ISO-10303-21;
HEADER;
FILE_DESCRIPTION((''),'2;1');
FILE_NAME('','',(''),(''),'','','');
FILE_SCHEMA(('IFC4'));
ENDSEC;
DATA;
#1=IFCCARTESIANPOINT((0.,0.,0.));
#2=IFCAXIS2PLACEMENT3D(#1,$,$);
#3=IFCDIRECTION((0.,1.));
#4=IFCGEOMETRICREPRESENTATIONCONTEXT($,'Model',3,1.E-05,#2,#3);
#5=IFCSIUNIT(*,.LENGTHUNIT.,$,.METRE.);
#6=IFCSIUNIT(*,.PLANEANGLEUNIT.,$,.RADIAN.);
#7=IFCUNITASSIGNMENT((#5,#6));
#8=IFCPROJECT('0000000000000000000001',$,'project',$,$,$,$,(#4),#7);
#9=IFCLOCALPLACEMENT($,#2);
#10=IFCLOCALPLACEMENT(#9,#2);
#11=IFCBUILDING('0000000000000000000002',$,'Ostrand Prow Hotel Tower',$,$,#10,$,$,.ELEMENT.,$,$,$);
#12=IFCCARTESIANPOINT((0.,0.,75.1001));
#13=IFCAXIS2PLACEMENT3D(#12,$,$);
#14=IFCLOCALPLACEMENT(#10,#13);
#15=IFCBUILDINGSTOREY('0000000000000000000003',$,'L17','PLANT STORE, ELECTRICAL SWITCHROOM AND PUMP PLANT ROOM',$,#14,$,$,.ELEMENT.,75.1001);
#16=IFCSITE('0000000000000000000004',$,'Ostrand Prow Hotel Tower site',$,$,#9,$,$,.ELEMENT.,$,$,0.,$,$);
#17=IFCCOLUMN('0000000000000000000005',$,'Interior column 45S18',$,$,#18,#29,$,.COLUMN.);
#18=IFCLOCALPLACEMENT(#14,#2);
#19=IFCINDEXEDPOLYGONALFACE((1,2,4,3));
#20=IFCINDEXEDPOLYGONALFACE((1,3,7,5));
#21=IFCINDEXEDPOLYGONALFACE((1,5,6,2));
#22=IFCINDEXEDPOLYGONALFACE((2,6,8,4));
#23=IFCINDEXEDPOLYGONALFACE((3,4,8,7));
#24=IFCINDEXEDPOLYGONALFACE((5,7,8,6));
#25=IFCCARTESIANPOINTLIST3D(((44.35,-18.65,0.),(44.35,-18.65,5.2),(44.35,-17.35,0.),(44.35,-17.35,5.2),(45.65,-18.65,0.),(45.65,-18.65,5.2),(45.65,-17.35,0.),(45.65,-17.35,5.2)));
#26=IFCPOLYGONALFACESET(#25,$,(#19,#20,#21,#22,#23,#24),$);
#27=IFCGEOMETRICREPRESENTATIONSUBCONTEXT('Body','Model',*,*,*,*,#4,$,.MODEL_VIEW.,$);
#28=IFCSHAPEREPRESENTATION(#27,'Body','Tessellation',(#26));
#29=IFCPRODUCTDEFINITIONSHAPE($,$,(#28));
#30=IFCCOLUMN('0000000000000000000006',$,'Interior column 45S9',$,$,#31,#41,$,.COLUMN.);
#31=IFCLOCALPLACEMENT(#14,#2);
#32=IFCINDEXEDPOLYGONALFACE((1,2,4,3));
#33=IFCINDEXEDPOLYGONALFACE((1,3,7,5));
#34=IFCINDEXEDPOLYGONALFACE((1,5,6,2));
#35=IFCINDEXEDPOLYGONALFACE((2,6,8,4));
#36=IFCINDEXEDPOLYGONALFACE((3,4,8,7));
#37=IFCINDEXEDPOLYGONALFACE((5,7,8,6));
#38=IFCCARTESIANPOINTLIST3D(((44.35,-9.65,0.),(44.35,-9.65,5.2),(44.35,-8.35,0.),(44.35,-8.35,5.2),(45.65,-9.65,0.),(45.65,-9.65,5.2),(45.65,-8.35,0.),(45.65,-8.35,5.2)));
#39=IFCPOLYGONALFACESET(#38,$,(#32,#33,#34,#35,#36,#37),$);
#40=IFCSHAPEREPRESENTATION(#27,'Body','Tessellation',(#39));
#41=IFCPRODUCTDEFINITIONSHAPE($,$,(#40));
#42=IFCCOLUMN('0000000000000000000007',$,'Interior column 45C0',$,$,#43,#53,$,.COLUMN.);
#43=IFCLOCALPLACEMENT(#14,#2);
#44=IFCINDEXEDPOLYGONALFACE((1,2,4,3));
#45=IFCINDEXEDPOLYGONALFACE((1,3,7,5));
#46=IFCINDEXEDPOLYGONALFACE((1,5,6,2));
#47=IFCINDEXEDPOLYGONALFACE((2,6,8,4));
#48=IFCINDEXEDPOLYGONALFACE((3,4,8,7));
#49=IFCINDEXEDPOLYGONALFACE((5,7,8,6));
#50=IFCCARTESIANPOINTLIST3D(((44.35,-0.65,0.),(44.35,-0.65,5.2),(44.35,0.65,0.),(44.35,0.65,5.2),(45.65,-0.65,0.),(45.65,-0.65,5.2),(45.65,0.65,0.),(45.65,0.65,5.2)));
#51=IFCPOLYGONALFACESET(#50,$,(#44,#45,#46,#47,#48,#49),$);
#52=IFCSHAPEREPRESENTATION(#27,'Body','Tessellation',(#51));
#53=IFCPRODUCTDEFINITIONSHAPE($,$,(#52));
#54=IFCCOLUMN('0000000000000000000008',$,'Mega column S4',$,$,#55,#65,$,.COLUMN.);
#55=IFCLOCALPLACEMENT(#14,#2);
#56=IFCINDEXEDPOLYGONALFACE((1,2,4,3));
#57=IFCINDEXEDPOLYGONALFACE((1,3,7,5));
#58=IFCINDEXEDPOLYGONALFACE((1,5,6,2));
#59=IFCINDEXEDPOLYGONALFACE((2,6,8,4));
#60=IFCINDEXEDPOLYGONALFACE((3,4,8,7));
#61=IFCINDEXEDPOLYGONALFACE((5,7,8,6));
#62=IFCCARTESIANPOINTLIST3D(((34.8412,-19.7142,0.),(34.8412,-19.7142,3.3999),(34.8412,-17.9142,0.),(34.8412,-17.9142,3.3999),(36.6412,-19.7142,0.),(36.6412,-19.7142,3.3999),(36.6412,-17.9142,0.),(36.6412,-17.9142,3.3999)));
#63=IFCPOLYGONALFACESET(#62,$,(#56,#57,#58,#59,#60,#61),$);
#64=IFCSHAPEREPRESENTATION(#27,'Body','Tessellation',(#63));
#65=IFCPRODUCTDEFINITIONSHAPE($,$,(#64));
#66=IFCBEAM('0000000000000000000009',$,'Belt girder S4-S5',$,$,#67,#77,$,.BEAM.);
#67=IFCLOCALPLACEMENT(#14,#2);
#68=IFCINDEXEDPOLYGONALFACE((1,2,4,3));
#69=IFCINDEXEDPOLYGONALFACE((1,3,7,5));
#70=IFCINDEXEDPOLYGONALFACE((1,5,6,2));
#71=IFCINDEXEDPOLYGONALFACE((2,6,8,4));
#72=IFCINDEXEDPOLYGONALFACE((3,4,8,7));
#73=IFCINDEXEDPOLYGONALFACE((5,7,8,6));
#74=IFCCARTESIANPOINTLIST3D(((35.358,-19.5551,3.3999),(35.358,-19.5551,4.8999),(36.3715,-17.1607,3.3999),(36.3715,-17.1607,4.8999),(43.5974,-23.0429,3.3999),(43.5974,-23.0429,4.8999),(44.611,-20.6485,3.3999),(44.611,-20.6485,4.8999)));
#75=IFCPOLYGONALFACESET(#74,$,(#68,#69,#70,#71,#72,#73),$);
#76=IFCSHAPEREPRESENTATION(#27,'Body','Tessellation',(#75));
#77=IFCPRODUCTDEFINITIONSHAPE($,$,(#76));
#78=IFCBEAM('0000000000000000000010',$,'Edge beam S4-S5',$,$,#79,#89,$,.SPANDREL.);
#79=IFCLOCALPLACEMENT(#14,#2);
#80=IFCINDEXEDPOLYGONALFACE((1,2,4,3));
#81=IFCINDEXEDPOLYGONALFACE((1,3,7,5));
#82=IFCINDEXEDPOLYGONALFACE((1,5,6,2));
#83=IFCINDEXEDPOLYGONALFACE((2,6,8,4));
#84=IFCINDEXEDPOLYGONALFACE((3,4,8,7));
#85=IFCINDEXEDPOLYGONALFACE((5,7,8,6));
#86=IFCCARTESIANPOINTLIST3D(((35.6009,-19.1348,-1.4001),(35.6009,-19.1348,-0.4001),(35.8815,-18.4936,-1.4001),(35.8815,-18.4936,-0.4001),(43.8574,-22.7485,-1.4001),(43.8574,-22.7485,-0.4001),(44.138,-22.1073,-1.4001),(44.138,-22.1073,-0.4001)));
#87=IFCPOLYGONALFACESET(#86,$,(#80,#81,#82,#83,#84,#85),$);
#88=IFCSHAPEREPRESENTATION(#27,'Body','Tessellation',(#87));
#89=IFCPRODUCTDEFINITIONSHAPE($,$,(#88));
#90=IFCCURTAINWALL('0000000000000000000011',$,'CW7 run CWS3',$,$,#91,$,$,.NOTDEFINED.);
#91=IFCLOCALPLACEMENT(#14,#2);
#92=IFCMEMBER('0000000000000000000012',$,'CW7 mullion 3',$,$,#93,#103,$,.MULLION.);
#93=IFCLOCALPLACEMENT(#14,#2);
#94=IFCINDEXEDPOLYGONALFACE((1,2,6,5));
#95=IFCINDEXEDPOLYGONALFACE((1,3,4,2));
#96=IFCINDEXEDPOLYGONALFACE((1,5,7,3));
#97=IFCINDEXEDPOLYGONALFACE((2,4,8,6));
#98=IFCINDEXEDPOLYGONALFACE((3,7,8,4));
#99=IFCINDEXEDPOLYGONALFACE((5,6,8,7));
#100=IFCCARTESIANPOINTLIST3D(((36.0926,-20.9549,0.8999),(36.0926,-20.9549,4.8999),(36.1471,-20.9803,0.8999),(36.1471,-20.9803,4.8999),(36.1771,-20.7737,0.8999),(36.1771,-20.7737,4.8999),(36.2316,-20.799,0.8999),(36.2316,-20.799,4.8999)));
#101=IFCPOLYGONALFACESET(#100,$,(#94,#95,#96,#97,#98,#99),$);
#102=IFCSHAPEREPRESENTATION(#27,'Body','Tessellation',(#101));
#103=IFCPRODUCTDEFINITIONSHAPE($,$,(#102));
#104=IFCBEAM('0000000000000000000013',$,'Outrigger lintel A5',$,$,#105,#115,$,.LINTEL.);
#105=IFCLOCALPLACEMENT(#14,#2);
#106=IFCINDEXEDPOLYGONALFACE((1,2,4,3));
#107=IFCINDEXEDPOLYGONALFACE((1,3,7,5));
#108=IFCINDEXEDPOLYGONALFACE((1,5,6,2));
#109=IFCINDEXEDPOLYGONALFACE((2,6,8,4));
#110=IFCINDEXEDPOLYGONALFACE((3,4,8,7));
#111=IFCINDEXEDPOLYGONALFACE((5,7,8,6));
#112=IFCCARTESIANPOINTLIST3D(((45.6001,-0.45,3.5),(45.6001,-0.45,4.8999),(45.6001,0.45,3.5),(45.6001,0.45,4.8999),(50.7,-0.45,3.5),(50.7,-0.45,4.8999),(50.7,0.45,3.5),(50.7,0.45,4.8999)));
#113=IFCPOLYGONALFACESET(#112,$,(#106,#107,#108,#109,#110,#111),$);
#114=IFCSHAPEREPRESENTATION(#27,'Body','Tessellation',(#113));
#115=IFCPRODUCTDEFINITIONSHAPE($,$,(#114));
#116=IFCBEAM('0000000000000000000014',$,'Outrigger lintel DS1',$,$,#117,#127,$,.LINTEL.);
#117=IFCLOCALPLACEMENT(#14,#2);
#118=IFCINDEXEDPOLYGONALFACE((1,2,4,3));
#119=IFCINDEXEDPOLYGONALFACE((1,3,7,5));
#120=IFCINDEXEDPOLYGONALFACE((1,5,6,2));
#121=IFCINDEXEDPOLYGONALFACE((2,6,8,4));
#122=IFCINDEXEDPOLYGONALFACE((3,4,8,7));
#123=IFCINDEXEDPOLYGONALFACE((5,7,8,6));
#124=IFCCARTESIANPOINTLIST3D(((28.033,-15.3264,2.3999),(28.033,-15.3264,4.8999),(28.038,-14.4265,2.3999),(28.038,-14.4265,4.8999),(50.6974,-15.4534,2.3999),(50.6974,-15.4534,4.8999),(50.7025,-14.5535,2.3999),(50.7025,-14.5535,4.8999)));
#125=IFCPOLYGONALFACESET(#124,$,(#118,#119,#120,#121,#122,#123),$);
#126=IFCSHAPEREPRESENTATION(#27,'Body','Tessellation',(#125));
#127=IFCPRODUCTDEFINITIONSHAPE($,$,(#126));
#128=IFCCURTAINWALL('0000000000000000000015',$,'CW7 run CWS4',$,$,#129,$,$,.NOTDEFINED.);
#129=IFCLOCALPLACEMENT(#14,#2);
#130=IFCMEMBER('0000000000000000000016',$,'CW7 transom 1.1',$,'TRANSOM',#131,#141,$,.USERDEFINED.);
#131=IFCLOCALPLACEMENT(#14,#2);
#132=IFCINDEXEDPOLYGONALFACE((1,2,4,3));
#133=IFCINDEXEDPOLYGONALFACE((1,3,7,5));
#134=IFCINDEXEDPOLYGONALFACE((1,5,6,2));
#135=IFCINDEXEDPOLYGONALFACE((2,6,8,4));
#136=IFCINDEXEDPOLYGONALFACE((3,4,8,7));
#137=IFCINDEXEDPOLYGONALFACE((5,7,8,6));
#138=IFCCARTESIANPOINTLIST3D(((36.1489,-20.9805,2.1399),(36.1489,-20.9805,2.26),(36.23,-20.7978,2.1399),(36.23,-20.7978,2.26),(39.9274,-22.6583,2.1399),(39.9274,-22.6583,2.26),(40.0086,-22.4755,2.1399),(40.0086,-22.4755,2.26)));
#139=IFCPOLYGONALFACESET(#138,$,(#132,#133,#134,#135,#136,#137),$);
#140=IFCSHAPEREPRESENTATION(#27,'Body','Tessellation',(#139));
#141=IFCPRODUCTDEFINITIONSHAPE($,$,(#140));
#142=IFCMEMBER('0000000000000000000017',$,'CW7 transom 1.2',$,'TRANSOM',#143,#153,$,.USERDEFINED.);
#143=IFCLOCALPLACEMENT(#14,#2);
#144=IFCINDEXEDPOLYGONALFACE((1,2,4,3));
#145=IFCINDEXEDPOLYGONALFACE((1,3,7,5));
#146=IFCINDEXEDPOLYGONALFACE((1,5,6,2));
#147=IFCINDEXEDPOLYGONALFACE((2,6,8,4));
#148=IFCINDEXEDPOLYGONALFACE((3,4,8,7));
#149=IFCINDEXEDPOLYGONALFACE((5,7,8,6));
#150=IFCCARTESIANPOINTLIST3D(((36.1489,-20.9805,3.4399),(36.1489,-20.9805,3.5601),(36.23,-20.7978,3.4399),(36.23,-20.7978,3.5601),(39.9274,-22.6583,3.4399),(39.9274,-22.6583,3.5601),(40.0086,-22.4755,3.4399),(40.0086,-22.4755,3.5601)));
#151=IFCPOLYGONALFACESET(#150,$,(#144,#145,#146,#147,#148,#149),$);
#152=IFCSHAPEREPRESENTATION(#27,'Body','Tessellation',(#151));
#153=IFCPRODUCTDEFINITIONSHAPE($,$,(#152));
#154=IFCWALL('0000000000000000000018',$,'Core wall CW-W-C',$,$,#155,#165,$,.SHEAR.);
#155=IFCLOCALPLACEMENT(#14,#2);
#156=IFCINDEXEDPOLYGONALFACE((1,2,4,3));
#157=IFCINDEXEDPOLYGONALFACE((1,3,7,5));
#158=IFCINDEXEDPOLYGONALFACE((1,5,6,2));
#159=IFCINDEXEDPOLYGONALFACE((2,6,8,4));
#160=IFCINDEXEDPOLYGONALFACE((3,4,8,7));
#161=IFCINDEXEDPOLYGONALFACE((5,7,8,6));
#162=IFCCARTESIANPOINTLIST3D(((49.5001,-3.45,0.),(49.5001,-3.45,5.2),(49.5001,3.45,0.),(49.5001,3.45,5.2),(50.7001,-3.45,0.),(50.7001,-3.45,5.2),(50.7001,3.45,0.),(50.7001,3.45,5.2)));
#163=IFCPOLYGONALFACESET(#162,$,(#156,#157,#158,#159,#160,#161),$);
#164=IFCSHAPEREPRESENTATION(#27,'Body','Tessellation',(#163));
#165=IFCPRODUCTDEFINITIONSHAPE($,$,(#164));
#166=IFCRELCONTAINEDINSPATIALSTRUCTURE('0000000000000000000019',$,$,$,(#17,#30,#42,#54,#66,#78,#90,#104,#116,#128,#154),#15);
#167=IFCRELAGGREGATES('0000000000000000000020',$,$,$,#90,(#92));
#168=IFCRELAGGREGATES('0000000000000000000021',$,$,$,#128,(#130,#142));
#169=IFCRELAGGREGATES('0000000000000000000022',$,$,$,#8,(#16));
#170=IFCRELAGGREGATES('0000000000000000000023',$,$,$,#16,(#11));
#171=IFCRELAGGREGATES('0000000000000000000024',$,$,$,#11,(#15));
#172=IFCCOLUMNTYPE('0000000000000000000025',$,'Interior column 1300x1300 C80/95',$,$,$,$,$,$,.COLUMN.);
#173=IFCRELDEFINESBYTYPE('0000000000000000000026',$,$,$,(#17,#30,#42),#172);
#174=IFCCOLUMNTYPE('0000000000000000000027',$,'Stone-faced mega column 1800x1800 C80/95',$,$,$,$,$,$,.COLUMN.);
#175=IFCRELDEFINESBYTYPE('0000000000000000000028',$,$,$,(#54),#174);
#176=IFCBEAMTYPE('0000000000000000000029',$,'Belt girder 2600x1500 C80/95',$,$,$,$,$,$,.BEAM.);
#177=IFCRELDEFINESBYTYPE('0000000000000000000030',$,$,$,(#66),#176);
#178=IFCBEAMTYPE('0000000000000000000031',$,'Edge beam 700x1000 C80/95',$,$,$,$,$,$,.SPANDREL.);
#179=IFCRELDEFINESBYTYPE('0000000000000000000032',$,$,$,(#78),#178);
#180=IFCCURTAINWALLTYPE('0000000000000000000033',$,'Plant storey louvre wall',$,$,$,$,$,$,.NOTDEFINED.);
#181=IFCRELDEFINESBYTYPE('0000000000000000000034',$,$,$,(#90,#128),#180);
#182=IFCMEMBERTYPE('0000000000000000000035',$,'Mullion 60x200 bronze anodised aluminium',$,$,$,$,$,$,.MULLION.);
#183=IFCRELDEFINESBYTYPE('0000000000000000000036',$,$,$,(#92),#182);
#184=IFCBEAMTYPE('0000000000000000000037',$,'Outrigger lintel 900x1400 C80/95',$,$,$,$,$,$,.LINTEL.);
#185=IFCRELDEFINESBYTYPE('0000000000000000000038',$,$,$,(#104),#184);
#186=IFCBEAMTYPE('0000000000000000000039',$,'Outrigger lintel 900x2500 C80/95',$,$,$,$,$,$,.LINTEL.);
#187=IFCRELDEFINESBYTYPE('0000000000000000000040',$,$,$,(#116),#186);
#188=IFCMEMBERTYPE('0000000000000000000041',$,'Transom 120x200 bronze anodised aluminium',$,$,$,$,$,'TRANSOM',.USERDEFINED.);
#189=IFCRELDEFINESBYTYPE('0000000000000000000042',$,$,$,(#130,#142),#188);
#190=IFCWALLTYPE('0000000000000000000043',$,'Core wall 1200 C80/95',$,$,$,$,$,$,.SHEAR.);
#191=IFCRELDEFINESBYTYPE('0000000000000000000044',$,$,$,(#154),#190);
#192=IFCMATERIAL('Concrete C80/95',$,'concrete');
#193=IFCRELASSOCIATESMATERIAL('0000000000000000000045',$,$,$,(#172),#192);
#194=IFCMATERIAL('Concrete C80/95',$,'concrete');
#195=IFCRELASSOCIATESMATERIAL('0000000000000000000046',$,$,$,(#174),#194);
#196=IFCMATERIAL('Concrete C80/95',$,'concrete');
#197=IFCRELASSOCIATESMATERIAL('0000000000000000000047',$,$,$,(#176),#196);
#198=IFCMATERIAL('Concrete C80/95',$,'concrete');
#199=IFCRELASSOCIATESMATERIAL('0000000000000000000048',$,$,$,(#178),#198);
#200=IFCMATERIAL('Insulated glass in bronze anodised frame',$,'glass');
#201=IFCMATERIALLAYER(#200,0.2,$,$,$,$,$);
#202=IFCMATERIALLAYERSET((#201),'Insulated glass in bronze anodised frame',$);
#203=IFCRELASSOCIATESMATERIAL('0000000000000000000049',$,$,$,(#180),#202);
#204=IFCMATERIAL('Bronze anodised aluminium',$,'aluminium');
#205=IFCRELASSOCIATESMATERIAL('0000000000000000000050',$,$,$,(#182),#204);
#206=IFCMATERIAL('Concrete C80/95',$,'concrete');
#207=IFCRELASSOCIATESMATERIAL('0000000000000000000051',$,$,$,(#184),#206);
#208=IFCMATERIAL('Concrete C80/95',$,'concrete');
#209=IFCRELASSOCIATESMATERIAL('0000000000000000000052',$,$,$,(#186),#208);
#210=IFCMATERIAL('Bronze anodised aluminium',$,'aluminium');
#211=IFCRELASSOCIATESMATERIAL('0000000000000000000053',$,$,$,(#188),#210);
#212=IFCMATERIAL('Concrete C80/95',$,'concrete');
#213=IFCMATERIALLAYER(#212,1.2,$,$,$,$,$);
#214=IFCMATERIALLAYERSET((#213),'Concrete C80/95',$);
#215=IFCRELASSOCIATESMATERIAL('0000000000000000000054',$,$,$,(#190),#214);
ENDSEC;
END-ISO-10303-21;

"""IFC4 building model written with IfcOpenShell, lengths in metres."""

from ifc_helpers import new_model, si_unit, direction, frame, frame_2d, origin, origin_2d, place, context, subcontext, project, spatial, rectangle, extrude, material, layer, layer_set, material_profile, profile_set, type_object, element, aggregate, save


model = new_model("IFC4")

# Units and contexts
model_context = context("Model", 3, precision=1e-05, world=origin(), true_north=direction((0.0, 1.0)))
body_context = subcontext(model_context, "Body", "Model", "MODEL_VIEW")
ifc_project = project(units=[si_unit("LENGTHUNIT", "METRE"), si_unit("PLANEANGLEUNIT", "RADIAN")], contexts=[model_context])

# Site, building, storey
site_placement = place(None, origin())
site = spatial("IfcSite", under=ifc_project, at=site_placement, Name="Ostrand Prow Hotel Tower site", CompositionType="ELEMENT", RefElevation=0.0)
building_placement = place(site_placement, origin())
building = spatial("IfcBuilding", under=site, at=building_placement, Name="Ostrand Prow Hotel Tower", CompositionType="ELEMENT")
storey_placement = place(building_placement, frame((0.0, 0.0, 75.1001)))
storey = spatial("IfcBuildingStorey", under=building, at=storey_placement, Name="L17", Description="PLANT STORE, ELECTRICAL SWITCHROOM AND PUMP PLANT ROOM", CompositionType="ELEMENT", Elevation=75.1001)

# Columns
ifc_material_1 = material(Name="Concrete C80/95", Category="concrete")
ifc_material_profile_1 = material_profile(ifc_material_1, rectangle(XDim=1.3, YDim=1.3, at=origin_2d()), Name="RC 1300x1300")
ifc_profile_set_1 = profile_set([ifc_material_profile_1], Name="Concrete C80/95")
column_type_1 = type_object("IfcColumnType", Name="Interior column 1300x1300 C80/95", PredefinedType="COLUMN", material=ifc_profile_set_1)
for number, where, z_axis, x_axis, name in (
    (1, (45.0, -18.0, 0.0), (0.0, 0.0, 1.0), (1.0, 0.0, 0.0), "Interior column 45S18"),
    (2, (45.0, -9.0, 0.0), (0.0, 0.0, 1.0), (1.0, 0.0, 0.0), "Interior column 45S9"),
    (3, (45.0, 0.0, 0.0), (0.0, 0.0, 1.0), (1.0, 0.0, 0.0), "Interior column 45C0"),
):
    element("IfcColumn", number, at=place(storey_placement, frame(where, z_axis=z_axis, x_axis=x_axis)), inside=storey, type_object=column_type_1, Name=name, PredefinedType="COLUMN", context=body_context, shape_type="SweptSolid", body=[
        extrude(rectangle(XDim=1.3, YDim=1.3, at=origin_2d()), origin(), (0.0, 0.0, 1.0), 5.2),
    ])
ifc_material_2 = material(Name="Concrete C80/95", Category="concrete")
ifc_material_profile_2 = material_profile(ifc_material_2, rectangle(XDim=1.8, YDim=1.8, at=origin_2d()), Name="RC 1800x1800")
ifc_profile_set_2 = profile_set([ifc_material_profile_2], Name="Concrete C80/95")
column_type_2 = type_object("IfcColumnType", Name="Stone-faced mega column 1800x1800 C80/95", PredefinedType="COLUMN", material=ifc_profile_set_2)
column_placement = place(storey_placement, frame((35.7412, -18.8142, 0.0), z_axis=(0.0, 0.0, 1.0), x_axis=(1.0, 0.0, 0.0)))
element("IfcColumn", 4, at=column_placement, inside=storey, type_object=column_type_2, Name="Mega column S4", PredefinedType="COLUMN", context=body_context, shape_type="SweptSolid", body=[
    extrude(rectangle(XDim=1.8, YDim=1.8, at=origin_2d()), origin(), (0.0, 0.0, 1.0), 3.3999),
])

# Beams
ifc_material_3 = material(Name="Concrete C80/95", Category="concrete")
ifc_material_profile_3 = material_profile(ifc_material_3, rectangle(XDim=2.6001, YDim=1.5, at=origin_2d()), Name="RC 2600x1500")
ifc_profile_set_3 = profile_set([ifc_material_profile_3], Name="Concrete C80/95")
beam_type_1 = type_object("IfcBeamType", Name="Belt girder 2600x1500 C80/95", PredefinedType="BEAM", material=ifc_profile_set_3)
beam_1_placement = place(storey_placement, frame((35.8647, -18.3579, 4.1499), z_axis=(0.920893, -0.389815, 0.0), x_axis=(0.389815, 0.920893, 0.0)))
element("IfcBeam", 5, at=beam_1_placement, inside=storey, type_object=beam_type_1, Name="Belt girder S4-S5", PredefinedType="BEAM", context=body_context, shape_type="SweptSolid", body=[
    extrude(rectangle(XDim=2.6001, YDim=1.5, at=origin_2d()), origin(), (0.0, 0.0, 1.0), 8.9473),
])
ifc_material_4 = material(Name="Concrete C80/95", Category="concrete")
ifc_material_profile_4 = material_profile(ifc_material_4, rectangle(XDim=0.7, YDim=1.0, at=origin_2d()), Name="RC 700x1000")
ifc_profile_set_4 = profile_set([ifc_material_profile_4], Name="Concrete C80/95")
beam_type_2 = type_object("IfcBeamType", Name="Edge beam 700x1000 C80/95", PredefinedType="SPANDREL", material=ifc_profile_set_4)
beam_2_placement = place(storey_placement, frame((35.7412, -18.8142, -0.9001), z_axis=(0.916096, -0.40096, 0.0), x_axis=(0.40096, 0.916096, 0.0)))
element("IfcBeam", 6, at=beam_2_placement, inside=storey, type_object=beam_type_2, Name="Edge beam S4-S5", PredefinedType="SPANDREL", context=body_context, shape_type="SweptSolid", body=[
    extrude(rectangle(XDim=0.7, YDim=1.0, at=origin_2d()), origin(), (0.0, 0.0, 1.0), 9.0127),
])

# Curtain wall, member
ifc_material_5 = material(Name="Insulated glass in bronze anodised frame", Category="glass")
ifc_layer_1 = layer(ifc_material_5, 0.2)
ifc_layer_set_1 = layer_set([ifc_layer_1], Name="Insulated glass in bronze anodised frame")
curtain_wall_type = type_object("IfcCurtainWallType", Name="Plant storey louvre wall", PredefinedType="NOTDEFINED", material=ifc_layer_set_1)
curtain_wall_1_placement = place(storey_placement, origin())
curtain_wall_1 = element("IfcCurtainWall", 7, at=curtain_wall_1_placement, inside=storey, type_object=curtain_wall_type, Name="CW7 run CWS3", PredefinedType="NOTDEFINED")
ifc_material_6 = material(Name="Bronze anodised aluminium", Category="aluminium")
ifc_material_profile_5 = material_profile(ifc_material_6, rectangle(XDim=0.2, YDim=0.0601, at=origin_2d()), Name="Mullion 60x200 bronze anodised aluminium")
ifc_profile_set_5 = profile_set([ifc_material_profile_5], Name="Bronze anodised aluminium")
member_type_1 = type_object("IfcMemberType", Name="Mullion 60x200 bronze anodised aluminium", PredefinedType="MULLION", material=ifc_profile_set_5)
member_1_placement = place(storey_placement, frame((36.1621, -20.877, 0.8999), z_axis=(0.0, 0.0, 1.0), x_axis=(0.42253, 0.906349, 0.0)))
member_1 = element("IfcMember", 8, at=member_1_placement, type_object=member_type_1, Name="CW7 mullion 3", PredefinedType="MULLION", context=body_context, shape_type="SweptSolid", body=[
    extrude(rectangle(XDim=0.2, YDim=0.0601, at=origin_2d()), origin(), (0.0, 0.0, 1.0), 4.0),
])
aggregate(curtain_wall_1, [member_1])

# Beams
ifc_material_7 = material(Name="Concrete C80/95", Category="concrete")
ifc_material_profile_6 = material_profile(ifc_material_7, rectangle(XDim=0.8999, YDim=1.3999, at=origin_2d()), Name="RC 900x1400")
ifc_profile_set_6 = profile_set([ifc_material_profile_6], Name="Concrete C80/95")
beam_type_3 = type_object("IfcBeamType", Name="Outrigger lintel 900x1400 C80/95", PredefinedType="LINTEL", material=ifc_profile_set_6)
beam_3_placement = place(storey_placement, frame((45.6001, 0.0, 4.2), z_axis=(1.0, 0.0, 0.0), x_axis=(0.0, 1.0, 0.0)))
element("IfcBeam", 9, at=beam_3_placement, inside=storey, type_object=beam_type_3, Name="Outrigger lintel A5", PredefinedType="LINTEL", context=body_context, shape_type="SweptSolid", body=[
    extrude(rectangle(XDim=0.8999, YDim=1.3999, at=origin_2d()), origin(), (0.0, 0.0, 1.0), 5.0999),
])
ifc_material_8 = material(Name="Concrete C80/95", Category="concrete")
ifc_material_profile_7 = material_profile(ifc_material_8, rectangle(XDim=0.8999, YDim=2.5, at=origin_2d()), Name="RC 900x2500")
ifc_profile_set_7 = profile_set([ifc_material_profile_7], Name="Concrete C80/95")
beam_type_4 = type_object("IfcBeamType", Name="Outrigger lintel 900x2500 C80/95", PredefinedType="LINTEL", material=ifc_profile_set_7)
beam_4_placement = place(storey_placement, frame((50.7, -15.0034, 3.6499), z_axis=(-0.999984, 0.005601, 0.0), x_axis=(-0.005601, -0.999984, 0.0)))
element("IfcBeam", 10, at=beam_4_placement, inside=storey, type_object=beam_type_4, Name="Outrigger lintel DS1", PredefinedType="LINTEL", context=body_context, shape_type="SweptSolid", body=[
    extrude(rectangle(XDim=0.8999, YDim=2.5, at=origin_2d()), origin(), (0.0, 0.0, 1.0), 22.6648),
])

# Curtain wall, members
curtain_wall_2_placement = place(storey_placement, origin())
curtain_wall_2 = element("IfcCurtainWall", 11, at=curtain_wall_2_placement, inside=storey, type_object=curtain_wall_type, Name="CW7 run CWS4", PredefinedType="NOTDEFINED")
ifc_material_9 = material(Name="Bronze anodised aluminium", Category="aluminium")
ifc_material_profile_8 = material_profile(ifc_material_9, rectangle(XDim=0.2, YDim=0.1201, at=origin_2d()), Name="Transom 120x200 bronze anodised aluminium")
ifc_profile_set_8 = profile_set([ifc_material_profile_8], Name="Bronze anodised aluminium")
member_type_2 = type_object("IfcMemberType", Name="Transom 120x200 bronze anodised aluminium", ElementType="TRANSOM", PredefinedType="USERDEFINED", material=ifc_profile_set_8)
member_2_placement = place(storey_placement, frame((36.1895, -20.8892, 2.2), z_axis=(0.913958, -0.40581, 0.0), x_axis=(0.40581, 0.913958, 0.0)))
member_2 = element("IfcMember", 12, at=member_2_placement, type_object=member_type_2, Name="CW7 transom 1.1", ObjectType="TRANSOM", PredefinedType="USERDEFINED", context=body_context, shape_type="SweptSolid", body=[
    extrude(rectangle(XDim=0.2, YDim=0.1201, at=origin_2d()), origin(), (0.0, 0.0, 1.0), 4.1343),
])
member_3_placement = place(storey_placement, frame((36.1895, -20.8892, 3.5), z_axis=(0.913958, -0.40581, 0.0), x_axis=(0.40581, 0.913958, 0.0)))
member_3 = element("IfcMember", 13, at=member_3_placement, type_object=member_type_2, Name="CW7 transom 1.2", ObjectType="TRANSOM", PredefinedType="USERDEFINED", context=body_context, shape_type="SweptSolid", body=[
    extrude(rectangle(XDim=0.2, YDim=0.1201, at=origin_2d()), origin(), (0.0, 0.0, 1.0), 4.1343),
])
aggregate(curtain_wall_2, [member_2, member_3])

# Wall
ifc_material_10 = material(Name="Concrete C80/95", Category="concrete")
ifc_layer_2 = layer(ifc_material_10, 1.2)
ifc_layer_set_2 = layer_set([ifc_layer_2], Name="Concrete C80/95")
wall_type_1 = type_object("IfcWallType", Name="Core wall 1200 C80/95", PredefinedType="SHEAR", material=ifc_layer_set_2)
wall_1_placement = place(storey_placement, frame((50.1001, -3.45, 0.0), z_axis=(0.0, 0.0, 1.0), x_axis=(0.0, 1.0, 0.0)))
element("IfcWall", 14, at=wall_1_placement, inside=storey, type_object=wall_type_1, Name="Core wall CW-W-C", PredefinedType="SHEAR", context=body_context, shape_type="SweptSolid", body=[
    extrude(rectangle(XDim=6.8999, YDim=1.2, at=frame_2d((3.45, 0.0))), origin(), (0.0, 0.0, 1.0), 5.2),
])

save(model, "model.ifc")
